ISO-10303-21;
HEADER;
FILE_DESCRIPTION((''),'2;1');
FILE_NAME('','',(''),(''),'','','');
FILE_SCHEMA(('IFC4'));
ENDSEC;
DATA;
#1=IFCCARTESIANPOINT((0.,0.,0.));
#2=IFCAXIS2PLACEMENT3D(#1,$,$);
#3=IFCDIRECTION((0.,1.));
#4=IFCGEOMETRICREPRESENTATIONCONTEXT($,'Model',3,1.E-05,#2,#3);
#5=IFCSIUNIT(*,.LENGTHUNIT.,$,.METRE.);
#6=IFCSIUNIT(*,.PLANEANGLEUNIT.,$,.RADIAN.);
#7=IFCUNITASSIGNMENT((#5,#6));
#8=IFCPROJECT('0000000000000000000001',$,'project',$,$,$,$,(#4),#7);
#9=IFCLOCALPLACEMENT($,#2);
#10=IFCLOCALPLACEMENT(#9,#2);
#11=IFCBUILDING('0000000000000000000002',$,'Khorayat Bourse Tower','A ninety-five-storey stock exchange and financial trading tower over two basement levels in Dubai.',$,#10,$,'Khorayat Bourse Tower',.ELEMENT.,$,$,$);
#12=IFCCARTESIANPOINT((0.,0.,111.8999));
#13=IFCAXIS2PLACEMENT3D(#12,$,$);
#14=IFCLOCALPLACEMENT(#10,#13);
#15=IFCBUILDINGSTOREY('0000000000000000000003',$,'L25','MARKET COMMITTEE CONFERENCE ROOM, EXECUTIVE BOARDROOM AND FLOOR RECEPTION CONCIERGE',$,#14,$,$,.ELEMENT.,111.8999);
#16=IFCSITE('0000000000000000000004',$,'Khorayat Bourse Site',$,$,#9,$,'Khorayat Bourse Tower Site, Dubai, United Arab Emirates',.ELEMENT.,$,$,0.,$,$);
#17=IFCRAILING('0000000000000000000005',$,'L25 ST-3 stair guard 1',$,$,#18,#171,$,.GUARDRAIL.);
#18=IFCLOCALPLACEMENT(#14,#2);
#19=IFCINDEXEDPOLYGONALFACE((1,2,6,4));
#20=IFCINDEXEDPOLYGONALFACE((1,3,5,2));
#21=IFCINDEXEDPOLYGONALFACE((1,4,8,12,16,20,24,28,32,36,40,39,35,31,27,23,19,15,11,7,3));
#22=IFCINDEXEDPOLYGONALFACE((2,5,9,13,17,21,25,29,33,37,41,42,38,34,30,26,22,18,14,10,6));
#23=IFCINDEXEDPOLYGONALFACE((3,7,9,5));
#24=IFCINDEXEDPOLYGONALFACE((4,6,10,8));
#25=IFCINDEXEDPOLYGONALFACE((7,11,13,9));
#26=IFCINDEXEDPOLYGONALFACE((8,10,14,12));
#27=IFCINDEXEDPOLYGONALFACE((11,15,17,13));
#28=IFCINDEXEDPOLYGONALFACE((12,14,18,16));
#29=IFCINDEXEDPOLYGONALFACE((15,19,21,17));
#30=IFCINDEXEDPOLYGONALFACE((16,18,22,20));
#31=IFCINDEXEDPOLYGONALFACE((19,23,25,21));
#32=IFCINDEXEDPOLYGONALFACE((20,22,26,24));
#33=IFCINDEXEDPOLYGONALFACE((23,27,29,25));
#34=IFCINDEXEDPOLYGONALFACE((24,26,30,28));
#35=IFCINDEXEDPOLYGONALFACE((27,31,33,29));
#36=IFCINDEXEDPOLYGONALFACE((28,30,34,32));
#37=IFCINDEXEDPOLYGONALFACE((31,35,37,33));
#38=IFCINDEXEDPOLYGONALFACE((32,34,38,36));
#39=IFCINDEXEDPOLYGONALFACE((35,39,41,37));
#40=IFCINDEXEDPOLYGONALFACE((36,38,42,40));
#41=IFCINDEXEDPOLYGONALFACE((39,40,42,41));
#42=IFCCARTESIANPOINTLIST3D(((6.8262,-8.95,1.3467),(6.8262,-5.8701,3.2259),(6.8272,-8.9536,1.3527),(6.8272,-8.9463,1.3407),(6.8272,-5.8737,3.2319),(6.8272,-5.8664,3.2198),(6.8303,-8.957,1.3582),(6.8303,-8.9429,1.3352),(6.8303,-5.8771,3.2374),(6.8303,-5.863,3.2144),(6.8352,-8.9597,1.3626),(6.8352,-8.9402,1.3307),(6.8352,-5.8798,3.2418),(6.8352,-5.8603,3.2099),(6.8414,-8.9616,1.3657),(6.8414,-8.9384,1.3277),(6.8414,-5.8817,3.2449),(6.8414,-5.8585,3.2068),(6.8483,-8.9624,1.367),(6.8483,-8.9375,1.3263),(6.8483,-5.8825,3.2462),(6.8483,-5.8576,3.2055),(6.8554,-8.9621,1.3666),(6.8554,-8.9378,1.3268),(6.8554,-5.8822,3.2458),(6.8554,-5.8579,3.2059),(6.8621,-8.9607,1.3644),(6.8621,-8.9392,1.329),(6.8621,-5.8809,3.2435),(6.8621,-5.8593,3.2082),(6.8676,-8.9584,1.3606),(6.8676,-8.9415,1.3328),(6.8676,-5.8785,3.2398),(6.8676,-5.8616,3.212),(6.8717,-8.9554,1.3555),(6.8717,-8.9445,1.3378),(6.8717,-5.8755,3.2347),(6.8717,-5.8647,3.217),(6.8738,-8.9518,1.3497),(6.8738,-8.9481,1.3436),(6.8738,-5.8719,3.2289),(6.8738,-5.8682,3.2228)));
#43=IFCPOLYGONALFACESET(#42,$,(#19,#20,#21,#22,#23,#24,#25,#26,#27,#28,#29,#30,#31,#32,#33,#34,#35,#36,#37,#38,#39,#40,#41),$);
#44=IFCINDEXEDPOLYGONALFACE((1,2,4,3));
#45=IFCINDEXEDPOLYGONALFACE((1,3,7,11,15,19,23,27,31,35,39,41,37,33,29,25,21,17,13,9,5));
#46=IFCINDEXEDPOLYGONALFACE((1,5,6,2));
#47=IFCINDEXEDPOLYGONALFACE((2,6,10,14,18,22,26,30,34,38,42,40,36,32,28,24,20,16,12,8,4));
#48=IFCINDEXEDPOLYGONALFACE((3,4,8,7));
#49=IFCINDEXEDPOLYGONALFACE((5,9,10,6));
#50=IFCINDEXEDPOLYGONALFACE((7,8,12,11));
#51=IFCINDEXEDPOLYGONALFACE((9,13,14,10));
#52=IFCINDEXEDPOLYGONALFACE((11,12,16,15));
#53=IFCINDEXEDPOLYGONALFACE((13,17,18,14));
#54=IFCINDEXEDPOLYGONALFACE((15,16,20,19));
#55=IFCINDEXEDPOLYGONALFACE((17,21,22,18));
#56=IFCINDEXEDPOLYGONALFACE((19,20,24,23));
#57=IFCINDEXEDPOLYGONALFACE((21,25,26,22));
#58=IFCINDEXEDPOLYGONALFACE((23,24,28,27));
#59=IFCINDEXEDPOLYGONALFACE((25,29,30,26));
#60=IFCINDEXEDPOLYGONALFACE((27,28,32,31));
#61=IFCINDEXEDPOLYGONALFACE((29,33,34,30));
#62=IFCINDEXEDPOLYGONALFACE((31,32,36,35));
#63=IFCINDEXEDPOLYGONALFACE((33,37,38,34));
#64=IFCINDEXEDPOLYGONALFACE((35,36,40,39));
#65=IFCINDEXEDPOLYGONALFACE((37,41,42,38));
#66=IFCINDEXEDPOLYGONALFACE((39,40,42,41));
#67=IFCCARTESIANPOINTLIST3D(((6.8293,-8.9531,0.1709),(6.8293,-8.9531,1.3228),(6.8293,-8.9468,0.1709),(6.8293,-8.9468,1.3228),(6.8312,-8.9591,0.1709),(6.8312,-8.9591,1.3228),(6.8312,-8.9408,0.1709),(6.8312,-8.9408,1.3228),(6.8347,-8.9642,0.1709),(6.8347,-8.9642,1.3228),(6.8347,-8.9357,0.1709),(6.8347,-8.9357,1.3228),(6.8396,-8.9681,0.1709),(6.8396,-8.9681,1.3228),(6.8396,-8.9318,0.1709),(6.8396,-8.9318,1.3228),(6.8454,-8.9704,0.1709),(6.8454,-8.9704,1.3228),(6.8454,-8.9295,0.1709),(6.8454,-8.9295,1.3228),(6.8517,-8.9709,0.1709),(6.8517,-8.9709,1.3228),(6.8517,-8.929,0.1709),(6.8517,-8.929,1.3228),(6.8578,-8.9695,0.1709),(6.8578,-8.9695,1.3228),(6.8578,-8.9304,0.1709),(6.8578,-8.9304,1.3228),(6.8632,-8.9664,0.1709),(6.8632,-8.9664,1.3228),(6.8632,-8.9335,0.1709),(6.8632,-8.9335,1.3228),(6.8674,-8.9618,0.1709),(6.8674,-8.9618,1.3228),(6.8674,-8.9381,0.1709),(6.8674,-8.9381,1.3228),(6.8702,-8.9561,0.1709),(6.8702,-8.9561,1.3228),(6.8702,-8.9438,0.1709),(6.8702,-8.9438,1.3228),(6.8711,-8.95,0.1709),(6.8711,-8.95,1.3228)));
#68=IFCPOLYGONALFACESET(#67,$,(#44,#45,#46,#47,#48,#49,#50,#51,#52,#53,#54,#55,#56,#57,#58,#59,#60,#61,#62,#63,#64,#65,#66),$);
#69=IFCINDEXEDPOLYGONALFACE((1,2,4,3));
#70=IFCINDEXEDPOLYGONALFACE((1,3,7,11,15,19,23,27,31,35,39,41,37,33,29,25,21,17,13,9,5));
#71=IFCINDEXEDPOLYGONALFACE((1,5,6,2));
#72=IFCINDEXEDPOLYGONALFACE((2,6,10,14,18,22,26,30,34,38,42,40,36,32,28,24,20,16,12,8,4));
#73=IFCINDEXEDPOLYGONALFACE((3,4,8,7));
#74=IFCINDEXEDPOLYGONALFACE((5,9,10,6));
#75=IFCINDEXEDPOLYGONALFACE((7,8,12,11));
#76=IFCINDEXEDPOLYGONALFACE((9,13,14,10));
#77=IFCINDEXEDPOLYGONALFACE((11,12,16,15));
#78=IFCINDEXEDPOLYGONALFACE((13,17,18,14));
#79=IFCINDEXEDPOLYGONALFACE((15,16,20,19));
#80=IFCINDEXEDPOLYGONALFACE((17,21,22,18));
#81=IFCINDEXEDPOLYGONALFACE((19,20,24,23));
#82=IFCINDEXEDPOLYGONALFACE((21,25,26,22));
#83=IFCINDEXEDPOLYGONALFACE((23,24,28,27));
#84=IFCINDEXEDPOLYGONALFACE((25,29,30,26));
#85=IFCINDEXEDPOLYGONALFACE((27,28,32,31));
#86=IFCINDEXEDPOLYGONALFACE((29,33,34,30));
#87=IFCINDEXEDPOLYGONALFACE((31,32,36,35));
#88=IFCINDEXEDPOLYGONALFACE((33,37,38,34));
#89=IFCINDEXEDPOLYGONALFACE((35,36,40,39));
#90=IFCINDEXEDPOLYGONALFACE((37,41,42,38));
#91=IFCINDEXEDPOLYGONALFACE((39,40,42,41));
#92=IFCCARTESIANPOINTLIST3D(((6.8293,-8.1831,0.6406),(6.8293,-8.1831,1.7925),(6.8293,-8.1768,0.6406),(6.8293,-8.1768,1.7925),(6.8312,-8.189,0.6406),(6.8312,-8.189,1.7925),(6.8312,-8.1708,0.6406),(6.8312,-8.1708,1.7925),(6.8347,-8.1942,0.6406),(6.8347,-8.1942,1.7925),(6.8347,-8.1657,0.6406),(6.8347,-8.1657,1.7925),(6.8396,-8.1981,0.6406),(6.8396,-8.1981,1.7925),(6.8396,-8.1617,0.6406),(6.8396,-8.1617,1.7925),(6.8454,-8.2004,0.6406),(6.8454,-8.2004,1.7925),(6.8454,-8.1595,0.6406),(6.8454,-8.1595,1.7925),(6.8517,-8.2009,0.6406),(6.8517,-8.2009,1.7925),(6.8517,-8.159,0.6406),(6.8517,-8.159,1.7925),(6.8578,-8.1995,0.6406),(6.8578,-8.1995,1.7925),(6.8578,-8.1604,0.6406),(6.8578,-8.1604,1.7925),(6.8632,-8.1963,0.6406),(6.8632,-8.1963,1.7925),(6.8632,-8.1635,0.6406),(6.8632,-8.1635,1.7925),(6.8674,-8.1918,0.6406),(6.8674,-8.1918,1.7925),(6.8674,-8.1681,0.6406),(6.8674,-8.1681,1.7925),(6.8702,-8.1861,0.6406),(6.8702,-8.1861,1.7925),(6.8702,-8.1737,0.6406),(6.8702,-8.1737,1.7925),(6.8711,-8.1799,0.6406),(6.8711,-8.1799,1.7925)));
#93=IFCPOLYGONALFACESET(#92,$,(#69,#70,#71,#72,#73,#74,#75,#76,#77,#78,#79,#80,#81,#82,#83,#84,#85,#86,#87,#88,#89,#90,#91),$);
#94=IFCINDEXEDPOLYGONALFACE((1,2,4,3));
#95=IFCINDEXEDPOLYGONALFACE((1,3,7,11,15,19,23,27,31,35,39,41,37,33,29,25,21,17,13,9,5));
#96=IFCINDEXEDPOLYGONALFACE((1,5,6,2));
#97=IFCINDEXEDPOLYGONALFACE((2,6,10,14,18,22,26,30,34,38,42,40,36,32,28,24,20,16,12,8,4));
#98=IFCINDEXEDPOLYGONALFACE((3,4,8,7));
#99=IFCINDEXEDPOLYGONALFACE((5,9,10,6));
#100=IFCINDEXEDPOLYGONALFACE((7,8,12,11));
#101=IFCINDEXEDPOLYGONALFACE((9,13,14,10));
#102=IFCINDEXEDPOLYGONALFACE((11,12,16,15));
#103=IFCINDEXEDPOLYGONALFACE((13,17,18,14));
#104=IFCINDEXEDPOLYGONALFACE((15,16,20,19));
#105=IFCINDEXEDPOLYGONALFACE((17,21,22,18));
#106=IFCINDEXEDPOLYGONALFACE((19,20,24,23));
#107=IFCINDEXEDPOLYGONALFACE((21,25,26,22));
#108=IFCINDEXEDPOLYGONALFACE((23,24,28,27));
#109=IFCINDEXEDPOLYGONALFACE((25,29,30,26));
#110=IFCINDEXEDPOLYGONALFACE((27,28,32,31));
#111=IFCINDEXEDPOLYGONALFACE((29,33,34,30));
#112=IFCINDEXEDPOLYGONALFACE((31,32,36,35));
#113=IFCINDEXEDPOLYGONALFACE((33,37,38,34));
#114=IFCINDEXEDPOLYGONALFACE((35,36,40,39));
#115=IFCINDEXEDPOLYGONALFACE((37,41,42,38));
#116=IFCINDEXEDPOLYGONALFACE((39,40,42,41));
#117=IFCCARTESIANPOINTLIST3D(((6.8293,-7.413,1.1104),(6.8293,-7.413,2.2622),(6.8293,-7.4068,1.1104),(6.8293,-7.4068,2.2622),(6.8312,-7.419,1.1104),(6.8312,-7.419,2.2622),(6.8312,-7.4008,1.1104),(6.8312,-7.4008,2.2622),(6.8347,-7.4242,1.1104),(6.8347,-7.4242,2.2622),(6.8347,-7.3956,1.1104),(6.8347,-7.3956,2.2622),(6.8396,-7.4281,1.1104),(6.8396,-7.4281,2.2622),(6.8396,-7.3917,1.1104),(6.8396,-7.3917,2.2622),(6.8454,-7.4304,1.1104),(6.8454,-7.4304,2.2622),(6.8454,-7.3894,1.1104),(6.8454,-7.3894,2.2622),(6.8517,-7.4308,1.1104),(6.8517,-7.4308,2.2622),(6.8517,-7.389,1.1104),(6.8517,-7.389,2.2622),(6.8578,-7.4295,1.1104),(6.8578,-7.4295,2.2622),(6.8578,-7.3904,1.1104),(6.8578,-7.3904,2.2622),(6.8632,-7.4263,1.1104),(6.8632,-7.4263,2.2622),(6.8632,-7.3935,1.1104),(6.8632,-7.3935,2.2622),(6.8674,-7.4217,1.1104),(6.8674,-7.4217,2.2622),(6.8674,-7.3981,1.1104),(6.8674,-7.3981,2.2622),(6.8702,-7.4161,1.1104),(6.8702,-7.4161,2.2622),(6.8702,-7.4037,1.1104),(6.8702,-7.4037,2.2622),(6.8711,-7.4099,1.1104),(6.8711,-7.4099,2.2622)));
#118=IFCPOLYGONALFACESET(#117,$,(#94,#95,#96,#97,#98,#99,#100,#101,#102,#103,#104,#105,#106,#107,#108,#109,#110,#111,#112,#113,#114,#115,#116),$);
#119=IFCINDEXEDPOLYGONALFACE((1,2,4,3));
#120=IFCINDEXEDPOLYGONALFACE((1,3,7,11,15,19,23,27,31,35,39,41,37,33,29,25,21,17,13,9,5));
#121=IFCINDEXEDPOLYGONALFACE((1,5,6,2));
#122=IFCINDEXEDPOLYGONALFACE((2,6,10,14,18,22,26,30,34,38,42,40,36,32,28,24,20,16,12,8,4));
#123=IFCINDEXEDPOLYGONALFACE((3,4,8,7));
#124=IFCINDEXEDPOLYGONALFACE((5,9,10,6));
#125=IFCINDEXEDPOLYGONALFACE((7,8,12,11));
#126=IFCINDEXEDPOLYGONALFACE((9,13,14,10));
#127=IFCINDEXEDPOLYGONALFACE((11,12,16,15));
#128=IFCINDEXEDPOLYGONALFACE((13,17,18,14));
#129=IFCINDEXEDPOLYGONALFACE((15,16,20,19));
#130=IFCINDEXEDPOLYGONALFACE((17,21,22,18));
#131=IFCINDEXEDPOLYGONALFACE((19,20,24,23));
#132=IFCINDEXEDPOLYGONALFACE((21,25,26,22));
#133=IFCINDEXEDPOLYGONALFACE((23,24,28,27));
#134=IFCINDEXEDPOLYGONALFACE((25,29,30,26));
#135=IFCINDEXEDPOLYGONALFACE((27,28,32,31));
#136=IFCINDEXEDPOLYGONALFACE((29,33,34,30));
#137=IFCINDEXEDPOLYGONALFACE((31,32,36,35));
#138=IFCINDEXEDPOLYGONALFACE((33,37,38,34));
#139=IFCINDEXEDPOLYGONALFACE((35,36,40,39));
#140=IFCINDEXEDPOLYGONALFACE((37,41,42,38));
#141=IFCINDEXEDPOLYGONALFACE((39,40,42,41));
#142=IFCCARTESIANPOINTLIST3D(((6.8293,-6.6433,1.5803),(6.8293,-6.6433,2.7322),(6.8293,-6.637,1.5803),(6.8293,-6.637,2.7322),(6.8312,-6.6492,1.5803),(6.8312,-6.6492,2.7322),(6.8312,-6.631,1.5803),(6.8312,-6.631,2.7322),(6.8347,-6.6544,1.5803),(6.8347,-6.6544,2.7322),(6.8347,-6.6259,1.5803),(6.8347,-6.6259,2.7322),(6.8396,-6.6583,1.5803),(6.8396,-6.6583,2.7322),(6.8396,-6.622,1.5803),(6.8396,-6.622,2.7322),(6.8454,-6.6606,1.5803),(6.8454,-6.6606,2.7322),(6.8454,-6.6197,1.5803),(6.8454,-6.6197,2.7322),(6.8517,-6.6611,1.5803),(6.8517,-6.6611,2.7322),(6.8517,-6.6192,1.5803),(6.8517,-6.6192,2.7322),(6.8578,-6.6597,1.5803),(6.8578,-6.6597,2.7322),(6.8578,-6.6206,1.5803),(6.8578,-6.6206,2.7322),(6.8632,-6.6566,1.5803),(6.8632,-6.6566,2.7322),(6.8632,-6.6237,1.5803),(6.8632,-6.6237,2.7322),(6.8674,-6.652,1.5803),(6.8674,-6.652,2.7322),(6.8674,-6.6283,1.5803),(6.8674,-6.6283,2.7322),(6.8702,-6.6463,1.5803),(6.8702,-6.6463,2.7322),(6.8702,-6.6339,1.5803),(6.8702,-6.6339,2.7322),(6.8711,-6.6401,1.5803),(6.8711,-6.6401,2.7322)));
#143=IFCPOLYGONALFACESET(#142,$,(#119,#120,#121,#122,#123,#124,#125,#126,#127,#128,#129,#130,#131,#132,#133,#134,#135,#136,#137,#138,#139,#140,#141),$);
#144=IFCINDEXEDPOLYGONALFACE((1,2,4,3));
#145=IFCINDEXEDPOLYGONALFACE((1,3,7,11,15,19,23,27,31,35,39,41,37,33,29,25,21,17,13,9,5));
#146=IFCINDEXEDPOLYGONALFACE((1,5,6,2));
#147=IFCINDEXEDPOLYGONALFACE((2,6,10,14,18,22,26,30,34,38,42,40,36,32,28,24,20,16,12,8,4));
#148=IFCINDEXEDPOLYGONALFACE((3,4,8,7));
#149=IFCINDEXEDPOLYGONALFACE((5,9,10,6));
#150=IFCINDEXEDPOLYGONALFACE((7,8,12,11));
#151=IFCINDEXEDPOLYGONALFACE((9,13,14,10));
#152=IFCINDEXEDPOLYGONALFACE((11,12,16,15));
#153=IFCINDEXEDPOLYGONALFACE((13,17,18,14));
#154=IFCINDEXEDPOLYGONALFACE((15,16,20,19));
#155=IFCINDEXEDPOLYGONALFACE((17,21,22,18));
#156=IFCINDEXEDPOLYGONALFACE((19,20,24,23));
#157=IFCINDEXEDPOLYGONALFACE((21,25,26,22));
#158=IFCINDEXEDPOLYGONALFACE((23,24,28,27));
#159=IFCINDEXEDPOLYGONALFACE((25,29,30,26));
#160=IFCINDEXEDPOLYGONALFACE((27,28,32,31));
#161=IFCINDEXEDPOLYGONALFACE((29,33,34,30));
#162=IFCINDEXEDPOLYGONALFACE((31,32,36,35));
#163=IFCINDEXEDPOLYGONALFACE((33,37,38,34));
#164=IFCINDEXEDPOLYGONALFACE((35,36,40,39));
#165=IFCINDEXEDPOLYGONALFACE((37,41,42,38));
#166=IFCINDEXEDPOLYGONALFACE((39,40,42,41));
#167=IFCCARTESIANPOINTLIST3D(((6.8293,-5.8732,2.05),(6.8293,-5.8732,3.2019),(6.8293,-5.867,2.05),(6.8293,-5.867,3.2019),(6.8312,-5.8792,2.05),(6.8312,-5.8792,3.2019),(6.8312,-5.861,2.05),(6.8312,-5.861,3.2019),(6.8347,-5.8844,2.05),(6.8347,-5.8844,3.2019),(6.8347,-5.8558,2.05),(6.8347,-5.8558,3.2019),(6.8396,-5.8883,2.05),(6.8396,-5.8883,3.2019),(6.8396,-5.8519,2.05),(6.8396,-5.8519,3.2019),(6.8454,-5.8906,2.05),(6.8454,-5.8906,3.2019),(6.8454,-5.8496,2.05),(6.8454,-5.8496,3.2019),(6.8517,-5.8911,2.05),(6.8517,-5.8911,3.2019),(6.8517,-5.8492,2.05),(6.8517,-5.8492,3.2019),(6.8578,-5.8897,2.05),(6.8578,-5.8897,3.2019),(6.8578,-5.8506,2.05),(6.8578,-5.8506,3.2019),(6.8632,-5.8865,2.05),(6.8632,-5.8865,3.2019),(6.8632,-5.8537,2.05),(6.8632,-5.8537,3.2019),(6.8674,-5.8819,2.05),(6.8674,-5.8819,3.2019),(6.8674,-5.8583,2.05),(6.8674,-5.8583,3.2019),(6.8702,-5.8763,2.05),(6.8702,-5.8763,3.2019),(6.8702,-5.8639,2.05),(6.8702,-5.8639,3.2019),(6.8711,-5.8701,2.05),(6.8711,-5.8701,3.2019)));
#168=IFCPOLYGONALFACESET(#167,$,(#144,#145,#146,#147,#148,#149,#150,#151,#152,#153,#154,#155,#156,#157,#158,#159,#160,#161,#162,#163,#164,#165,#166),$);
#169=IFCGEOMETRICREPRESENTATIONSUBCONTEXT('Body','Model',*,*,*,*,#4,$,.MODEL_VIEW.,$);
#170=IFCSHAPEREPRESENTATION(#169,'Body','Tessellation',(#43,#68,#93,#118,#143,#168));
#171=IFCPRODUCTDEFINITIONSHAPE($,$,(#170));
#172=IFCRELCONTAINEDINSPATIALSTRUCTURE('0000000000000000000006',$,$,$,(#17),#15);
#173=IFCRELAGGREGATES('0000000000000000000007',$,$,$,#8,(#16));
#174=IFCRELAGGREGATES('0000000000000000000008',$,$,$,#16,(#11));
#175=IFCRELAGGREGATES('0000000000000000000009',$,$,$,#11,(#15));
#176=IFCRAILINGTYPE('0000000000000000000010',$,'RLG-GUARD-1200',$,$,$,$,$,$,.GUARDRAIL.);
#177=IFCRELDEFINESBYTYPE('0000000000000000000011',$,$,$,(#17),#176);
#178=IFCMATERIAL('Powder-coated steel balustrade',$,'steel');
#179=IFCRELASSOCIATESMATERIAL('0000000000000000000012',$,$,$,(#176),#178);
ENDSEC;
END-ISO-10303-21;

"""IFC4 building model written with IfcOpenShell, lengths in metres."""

from ifc_helpers import new_model, si_unit, direction, frame, origin, origin_2d, place, context, subcontext, project, spatial, circle, extrude, source, transform, mapped, material, type_object, element, save


model = new_model("IFC4")

# Units and contexts
model_context = context("Model", 3, precision=1e-05, world=origin(), true_north=direction((0.0, 1.0)))
body_context = subcontext(model_context, "Body", "Model", "MODEL_VIEW")
ifc_project = project(units=[si_unit("LENGTHUNIT", "METRE"), si_unit("PLANEANGLEUNIT", "RADIAN")], contexts=[model_context])

# Site, building, storey
site_placement = place(None, origin())
site = spatial("IfcSite", under=ifc_project, at=site_placement, Name="Khorayat Bourse Site", LongName="Khorayat Bourse Tower Site, Dubai, United Arab Emirates", CompositionType="ELEMENT", RefElevation=0.0)
building_placement = place(site_placement, origin())
building = spatial("IfcBuilding", under=site, at=building_placement, Name="Khorayat Bourse Tower", Description="A ninety-five-storey stock exchange and financial trading tower over two basement levels in Dubai.", LongName="Khorayat Bourse Tower", CompositionType="ELEMENT")
storey_placement = place(building_placement, frame((0.0, 0.0, 111.8999)))
storey = spatial("IfcBuildingStorey", under=building, at=storey_placement, Name="L25", Description="MARKET COMMITTEE CONFERENCE ROOM, EXECUTIVE BOARDROOM AND FLOOR RECEPTION CONCIERGE", CompositionType="ELEMENT", Elevation=111.8999)

# Railing
ifc_material_1 = material(Name="Powder-coated steel balustrade", Category="steel")
railing_type_1 = type_object("IfcRailingType", Name="RLG-GUARD-1200", PredefinedType="GUARDRAIL", material=ifc_material_1)
shared_shape_1 = source(origin(), body_context, "Body", "SweptSolid", [
    extrude(circle(Radius=0.0239, at=origin_2d()), frame((0.0, 0.0, 1.1758), z_axis=(0.0, 0.853648, 0.52085), x_axis=(-1.0, 0.0, 0.0)), (0.0, 0.0, 1.0), 3.6079),
    extrude(circle(Radius=0.021, at=origin_2d()), origin(), (0.0, 0.0, 1.0), 1.1519),
    extrude(circle(Radius=0.021, at=origin_2d()), frame((0.0, 0.77, 0.4697)), (0.0, 0.0, 1.0), 1.1519),
    extrude(circle(Radius=0.021, at=origin_2d()), frame((0.0, 1.54, 0.9395)), (0.0, 0.0, 1.0), 1.1519),
    extrude(circle(Radius=0.021, at=origin_2d()), frame((0.0, 2.3098, 1.4094)), (0.0, 0.0, 1.0), 1.1519),
    extrude(circle(Radius=0.021, at=origin_2d()), frame((0.0, 3.0798, 1.8792)), (0.0, 0.0, 1.0), 1.1519),
])
railing_1_placement = place(storey_placement, frame((6.8501, -8.95, 0.1709)))
element("IfcRailing", 1, at=railing_1_placement, inside=storey, type_object=railing_type_1, Name="L25 ST-3 stair guard 1", PredefinedType="GUARDRAIL", context=body_context, shape_type="MappedRepresentation", body=[
    mapped(shared_shape_1, transform((0.0, 0.0, 0.0), scale=1.0)),
])

save(model, "model.ifc")
